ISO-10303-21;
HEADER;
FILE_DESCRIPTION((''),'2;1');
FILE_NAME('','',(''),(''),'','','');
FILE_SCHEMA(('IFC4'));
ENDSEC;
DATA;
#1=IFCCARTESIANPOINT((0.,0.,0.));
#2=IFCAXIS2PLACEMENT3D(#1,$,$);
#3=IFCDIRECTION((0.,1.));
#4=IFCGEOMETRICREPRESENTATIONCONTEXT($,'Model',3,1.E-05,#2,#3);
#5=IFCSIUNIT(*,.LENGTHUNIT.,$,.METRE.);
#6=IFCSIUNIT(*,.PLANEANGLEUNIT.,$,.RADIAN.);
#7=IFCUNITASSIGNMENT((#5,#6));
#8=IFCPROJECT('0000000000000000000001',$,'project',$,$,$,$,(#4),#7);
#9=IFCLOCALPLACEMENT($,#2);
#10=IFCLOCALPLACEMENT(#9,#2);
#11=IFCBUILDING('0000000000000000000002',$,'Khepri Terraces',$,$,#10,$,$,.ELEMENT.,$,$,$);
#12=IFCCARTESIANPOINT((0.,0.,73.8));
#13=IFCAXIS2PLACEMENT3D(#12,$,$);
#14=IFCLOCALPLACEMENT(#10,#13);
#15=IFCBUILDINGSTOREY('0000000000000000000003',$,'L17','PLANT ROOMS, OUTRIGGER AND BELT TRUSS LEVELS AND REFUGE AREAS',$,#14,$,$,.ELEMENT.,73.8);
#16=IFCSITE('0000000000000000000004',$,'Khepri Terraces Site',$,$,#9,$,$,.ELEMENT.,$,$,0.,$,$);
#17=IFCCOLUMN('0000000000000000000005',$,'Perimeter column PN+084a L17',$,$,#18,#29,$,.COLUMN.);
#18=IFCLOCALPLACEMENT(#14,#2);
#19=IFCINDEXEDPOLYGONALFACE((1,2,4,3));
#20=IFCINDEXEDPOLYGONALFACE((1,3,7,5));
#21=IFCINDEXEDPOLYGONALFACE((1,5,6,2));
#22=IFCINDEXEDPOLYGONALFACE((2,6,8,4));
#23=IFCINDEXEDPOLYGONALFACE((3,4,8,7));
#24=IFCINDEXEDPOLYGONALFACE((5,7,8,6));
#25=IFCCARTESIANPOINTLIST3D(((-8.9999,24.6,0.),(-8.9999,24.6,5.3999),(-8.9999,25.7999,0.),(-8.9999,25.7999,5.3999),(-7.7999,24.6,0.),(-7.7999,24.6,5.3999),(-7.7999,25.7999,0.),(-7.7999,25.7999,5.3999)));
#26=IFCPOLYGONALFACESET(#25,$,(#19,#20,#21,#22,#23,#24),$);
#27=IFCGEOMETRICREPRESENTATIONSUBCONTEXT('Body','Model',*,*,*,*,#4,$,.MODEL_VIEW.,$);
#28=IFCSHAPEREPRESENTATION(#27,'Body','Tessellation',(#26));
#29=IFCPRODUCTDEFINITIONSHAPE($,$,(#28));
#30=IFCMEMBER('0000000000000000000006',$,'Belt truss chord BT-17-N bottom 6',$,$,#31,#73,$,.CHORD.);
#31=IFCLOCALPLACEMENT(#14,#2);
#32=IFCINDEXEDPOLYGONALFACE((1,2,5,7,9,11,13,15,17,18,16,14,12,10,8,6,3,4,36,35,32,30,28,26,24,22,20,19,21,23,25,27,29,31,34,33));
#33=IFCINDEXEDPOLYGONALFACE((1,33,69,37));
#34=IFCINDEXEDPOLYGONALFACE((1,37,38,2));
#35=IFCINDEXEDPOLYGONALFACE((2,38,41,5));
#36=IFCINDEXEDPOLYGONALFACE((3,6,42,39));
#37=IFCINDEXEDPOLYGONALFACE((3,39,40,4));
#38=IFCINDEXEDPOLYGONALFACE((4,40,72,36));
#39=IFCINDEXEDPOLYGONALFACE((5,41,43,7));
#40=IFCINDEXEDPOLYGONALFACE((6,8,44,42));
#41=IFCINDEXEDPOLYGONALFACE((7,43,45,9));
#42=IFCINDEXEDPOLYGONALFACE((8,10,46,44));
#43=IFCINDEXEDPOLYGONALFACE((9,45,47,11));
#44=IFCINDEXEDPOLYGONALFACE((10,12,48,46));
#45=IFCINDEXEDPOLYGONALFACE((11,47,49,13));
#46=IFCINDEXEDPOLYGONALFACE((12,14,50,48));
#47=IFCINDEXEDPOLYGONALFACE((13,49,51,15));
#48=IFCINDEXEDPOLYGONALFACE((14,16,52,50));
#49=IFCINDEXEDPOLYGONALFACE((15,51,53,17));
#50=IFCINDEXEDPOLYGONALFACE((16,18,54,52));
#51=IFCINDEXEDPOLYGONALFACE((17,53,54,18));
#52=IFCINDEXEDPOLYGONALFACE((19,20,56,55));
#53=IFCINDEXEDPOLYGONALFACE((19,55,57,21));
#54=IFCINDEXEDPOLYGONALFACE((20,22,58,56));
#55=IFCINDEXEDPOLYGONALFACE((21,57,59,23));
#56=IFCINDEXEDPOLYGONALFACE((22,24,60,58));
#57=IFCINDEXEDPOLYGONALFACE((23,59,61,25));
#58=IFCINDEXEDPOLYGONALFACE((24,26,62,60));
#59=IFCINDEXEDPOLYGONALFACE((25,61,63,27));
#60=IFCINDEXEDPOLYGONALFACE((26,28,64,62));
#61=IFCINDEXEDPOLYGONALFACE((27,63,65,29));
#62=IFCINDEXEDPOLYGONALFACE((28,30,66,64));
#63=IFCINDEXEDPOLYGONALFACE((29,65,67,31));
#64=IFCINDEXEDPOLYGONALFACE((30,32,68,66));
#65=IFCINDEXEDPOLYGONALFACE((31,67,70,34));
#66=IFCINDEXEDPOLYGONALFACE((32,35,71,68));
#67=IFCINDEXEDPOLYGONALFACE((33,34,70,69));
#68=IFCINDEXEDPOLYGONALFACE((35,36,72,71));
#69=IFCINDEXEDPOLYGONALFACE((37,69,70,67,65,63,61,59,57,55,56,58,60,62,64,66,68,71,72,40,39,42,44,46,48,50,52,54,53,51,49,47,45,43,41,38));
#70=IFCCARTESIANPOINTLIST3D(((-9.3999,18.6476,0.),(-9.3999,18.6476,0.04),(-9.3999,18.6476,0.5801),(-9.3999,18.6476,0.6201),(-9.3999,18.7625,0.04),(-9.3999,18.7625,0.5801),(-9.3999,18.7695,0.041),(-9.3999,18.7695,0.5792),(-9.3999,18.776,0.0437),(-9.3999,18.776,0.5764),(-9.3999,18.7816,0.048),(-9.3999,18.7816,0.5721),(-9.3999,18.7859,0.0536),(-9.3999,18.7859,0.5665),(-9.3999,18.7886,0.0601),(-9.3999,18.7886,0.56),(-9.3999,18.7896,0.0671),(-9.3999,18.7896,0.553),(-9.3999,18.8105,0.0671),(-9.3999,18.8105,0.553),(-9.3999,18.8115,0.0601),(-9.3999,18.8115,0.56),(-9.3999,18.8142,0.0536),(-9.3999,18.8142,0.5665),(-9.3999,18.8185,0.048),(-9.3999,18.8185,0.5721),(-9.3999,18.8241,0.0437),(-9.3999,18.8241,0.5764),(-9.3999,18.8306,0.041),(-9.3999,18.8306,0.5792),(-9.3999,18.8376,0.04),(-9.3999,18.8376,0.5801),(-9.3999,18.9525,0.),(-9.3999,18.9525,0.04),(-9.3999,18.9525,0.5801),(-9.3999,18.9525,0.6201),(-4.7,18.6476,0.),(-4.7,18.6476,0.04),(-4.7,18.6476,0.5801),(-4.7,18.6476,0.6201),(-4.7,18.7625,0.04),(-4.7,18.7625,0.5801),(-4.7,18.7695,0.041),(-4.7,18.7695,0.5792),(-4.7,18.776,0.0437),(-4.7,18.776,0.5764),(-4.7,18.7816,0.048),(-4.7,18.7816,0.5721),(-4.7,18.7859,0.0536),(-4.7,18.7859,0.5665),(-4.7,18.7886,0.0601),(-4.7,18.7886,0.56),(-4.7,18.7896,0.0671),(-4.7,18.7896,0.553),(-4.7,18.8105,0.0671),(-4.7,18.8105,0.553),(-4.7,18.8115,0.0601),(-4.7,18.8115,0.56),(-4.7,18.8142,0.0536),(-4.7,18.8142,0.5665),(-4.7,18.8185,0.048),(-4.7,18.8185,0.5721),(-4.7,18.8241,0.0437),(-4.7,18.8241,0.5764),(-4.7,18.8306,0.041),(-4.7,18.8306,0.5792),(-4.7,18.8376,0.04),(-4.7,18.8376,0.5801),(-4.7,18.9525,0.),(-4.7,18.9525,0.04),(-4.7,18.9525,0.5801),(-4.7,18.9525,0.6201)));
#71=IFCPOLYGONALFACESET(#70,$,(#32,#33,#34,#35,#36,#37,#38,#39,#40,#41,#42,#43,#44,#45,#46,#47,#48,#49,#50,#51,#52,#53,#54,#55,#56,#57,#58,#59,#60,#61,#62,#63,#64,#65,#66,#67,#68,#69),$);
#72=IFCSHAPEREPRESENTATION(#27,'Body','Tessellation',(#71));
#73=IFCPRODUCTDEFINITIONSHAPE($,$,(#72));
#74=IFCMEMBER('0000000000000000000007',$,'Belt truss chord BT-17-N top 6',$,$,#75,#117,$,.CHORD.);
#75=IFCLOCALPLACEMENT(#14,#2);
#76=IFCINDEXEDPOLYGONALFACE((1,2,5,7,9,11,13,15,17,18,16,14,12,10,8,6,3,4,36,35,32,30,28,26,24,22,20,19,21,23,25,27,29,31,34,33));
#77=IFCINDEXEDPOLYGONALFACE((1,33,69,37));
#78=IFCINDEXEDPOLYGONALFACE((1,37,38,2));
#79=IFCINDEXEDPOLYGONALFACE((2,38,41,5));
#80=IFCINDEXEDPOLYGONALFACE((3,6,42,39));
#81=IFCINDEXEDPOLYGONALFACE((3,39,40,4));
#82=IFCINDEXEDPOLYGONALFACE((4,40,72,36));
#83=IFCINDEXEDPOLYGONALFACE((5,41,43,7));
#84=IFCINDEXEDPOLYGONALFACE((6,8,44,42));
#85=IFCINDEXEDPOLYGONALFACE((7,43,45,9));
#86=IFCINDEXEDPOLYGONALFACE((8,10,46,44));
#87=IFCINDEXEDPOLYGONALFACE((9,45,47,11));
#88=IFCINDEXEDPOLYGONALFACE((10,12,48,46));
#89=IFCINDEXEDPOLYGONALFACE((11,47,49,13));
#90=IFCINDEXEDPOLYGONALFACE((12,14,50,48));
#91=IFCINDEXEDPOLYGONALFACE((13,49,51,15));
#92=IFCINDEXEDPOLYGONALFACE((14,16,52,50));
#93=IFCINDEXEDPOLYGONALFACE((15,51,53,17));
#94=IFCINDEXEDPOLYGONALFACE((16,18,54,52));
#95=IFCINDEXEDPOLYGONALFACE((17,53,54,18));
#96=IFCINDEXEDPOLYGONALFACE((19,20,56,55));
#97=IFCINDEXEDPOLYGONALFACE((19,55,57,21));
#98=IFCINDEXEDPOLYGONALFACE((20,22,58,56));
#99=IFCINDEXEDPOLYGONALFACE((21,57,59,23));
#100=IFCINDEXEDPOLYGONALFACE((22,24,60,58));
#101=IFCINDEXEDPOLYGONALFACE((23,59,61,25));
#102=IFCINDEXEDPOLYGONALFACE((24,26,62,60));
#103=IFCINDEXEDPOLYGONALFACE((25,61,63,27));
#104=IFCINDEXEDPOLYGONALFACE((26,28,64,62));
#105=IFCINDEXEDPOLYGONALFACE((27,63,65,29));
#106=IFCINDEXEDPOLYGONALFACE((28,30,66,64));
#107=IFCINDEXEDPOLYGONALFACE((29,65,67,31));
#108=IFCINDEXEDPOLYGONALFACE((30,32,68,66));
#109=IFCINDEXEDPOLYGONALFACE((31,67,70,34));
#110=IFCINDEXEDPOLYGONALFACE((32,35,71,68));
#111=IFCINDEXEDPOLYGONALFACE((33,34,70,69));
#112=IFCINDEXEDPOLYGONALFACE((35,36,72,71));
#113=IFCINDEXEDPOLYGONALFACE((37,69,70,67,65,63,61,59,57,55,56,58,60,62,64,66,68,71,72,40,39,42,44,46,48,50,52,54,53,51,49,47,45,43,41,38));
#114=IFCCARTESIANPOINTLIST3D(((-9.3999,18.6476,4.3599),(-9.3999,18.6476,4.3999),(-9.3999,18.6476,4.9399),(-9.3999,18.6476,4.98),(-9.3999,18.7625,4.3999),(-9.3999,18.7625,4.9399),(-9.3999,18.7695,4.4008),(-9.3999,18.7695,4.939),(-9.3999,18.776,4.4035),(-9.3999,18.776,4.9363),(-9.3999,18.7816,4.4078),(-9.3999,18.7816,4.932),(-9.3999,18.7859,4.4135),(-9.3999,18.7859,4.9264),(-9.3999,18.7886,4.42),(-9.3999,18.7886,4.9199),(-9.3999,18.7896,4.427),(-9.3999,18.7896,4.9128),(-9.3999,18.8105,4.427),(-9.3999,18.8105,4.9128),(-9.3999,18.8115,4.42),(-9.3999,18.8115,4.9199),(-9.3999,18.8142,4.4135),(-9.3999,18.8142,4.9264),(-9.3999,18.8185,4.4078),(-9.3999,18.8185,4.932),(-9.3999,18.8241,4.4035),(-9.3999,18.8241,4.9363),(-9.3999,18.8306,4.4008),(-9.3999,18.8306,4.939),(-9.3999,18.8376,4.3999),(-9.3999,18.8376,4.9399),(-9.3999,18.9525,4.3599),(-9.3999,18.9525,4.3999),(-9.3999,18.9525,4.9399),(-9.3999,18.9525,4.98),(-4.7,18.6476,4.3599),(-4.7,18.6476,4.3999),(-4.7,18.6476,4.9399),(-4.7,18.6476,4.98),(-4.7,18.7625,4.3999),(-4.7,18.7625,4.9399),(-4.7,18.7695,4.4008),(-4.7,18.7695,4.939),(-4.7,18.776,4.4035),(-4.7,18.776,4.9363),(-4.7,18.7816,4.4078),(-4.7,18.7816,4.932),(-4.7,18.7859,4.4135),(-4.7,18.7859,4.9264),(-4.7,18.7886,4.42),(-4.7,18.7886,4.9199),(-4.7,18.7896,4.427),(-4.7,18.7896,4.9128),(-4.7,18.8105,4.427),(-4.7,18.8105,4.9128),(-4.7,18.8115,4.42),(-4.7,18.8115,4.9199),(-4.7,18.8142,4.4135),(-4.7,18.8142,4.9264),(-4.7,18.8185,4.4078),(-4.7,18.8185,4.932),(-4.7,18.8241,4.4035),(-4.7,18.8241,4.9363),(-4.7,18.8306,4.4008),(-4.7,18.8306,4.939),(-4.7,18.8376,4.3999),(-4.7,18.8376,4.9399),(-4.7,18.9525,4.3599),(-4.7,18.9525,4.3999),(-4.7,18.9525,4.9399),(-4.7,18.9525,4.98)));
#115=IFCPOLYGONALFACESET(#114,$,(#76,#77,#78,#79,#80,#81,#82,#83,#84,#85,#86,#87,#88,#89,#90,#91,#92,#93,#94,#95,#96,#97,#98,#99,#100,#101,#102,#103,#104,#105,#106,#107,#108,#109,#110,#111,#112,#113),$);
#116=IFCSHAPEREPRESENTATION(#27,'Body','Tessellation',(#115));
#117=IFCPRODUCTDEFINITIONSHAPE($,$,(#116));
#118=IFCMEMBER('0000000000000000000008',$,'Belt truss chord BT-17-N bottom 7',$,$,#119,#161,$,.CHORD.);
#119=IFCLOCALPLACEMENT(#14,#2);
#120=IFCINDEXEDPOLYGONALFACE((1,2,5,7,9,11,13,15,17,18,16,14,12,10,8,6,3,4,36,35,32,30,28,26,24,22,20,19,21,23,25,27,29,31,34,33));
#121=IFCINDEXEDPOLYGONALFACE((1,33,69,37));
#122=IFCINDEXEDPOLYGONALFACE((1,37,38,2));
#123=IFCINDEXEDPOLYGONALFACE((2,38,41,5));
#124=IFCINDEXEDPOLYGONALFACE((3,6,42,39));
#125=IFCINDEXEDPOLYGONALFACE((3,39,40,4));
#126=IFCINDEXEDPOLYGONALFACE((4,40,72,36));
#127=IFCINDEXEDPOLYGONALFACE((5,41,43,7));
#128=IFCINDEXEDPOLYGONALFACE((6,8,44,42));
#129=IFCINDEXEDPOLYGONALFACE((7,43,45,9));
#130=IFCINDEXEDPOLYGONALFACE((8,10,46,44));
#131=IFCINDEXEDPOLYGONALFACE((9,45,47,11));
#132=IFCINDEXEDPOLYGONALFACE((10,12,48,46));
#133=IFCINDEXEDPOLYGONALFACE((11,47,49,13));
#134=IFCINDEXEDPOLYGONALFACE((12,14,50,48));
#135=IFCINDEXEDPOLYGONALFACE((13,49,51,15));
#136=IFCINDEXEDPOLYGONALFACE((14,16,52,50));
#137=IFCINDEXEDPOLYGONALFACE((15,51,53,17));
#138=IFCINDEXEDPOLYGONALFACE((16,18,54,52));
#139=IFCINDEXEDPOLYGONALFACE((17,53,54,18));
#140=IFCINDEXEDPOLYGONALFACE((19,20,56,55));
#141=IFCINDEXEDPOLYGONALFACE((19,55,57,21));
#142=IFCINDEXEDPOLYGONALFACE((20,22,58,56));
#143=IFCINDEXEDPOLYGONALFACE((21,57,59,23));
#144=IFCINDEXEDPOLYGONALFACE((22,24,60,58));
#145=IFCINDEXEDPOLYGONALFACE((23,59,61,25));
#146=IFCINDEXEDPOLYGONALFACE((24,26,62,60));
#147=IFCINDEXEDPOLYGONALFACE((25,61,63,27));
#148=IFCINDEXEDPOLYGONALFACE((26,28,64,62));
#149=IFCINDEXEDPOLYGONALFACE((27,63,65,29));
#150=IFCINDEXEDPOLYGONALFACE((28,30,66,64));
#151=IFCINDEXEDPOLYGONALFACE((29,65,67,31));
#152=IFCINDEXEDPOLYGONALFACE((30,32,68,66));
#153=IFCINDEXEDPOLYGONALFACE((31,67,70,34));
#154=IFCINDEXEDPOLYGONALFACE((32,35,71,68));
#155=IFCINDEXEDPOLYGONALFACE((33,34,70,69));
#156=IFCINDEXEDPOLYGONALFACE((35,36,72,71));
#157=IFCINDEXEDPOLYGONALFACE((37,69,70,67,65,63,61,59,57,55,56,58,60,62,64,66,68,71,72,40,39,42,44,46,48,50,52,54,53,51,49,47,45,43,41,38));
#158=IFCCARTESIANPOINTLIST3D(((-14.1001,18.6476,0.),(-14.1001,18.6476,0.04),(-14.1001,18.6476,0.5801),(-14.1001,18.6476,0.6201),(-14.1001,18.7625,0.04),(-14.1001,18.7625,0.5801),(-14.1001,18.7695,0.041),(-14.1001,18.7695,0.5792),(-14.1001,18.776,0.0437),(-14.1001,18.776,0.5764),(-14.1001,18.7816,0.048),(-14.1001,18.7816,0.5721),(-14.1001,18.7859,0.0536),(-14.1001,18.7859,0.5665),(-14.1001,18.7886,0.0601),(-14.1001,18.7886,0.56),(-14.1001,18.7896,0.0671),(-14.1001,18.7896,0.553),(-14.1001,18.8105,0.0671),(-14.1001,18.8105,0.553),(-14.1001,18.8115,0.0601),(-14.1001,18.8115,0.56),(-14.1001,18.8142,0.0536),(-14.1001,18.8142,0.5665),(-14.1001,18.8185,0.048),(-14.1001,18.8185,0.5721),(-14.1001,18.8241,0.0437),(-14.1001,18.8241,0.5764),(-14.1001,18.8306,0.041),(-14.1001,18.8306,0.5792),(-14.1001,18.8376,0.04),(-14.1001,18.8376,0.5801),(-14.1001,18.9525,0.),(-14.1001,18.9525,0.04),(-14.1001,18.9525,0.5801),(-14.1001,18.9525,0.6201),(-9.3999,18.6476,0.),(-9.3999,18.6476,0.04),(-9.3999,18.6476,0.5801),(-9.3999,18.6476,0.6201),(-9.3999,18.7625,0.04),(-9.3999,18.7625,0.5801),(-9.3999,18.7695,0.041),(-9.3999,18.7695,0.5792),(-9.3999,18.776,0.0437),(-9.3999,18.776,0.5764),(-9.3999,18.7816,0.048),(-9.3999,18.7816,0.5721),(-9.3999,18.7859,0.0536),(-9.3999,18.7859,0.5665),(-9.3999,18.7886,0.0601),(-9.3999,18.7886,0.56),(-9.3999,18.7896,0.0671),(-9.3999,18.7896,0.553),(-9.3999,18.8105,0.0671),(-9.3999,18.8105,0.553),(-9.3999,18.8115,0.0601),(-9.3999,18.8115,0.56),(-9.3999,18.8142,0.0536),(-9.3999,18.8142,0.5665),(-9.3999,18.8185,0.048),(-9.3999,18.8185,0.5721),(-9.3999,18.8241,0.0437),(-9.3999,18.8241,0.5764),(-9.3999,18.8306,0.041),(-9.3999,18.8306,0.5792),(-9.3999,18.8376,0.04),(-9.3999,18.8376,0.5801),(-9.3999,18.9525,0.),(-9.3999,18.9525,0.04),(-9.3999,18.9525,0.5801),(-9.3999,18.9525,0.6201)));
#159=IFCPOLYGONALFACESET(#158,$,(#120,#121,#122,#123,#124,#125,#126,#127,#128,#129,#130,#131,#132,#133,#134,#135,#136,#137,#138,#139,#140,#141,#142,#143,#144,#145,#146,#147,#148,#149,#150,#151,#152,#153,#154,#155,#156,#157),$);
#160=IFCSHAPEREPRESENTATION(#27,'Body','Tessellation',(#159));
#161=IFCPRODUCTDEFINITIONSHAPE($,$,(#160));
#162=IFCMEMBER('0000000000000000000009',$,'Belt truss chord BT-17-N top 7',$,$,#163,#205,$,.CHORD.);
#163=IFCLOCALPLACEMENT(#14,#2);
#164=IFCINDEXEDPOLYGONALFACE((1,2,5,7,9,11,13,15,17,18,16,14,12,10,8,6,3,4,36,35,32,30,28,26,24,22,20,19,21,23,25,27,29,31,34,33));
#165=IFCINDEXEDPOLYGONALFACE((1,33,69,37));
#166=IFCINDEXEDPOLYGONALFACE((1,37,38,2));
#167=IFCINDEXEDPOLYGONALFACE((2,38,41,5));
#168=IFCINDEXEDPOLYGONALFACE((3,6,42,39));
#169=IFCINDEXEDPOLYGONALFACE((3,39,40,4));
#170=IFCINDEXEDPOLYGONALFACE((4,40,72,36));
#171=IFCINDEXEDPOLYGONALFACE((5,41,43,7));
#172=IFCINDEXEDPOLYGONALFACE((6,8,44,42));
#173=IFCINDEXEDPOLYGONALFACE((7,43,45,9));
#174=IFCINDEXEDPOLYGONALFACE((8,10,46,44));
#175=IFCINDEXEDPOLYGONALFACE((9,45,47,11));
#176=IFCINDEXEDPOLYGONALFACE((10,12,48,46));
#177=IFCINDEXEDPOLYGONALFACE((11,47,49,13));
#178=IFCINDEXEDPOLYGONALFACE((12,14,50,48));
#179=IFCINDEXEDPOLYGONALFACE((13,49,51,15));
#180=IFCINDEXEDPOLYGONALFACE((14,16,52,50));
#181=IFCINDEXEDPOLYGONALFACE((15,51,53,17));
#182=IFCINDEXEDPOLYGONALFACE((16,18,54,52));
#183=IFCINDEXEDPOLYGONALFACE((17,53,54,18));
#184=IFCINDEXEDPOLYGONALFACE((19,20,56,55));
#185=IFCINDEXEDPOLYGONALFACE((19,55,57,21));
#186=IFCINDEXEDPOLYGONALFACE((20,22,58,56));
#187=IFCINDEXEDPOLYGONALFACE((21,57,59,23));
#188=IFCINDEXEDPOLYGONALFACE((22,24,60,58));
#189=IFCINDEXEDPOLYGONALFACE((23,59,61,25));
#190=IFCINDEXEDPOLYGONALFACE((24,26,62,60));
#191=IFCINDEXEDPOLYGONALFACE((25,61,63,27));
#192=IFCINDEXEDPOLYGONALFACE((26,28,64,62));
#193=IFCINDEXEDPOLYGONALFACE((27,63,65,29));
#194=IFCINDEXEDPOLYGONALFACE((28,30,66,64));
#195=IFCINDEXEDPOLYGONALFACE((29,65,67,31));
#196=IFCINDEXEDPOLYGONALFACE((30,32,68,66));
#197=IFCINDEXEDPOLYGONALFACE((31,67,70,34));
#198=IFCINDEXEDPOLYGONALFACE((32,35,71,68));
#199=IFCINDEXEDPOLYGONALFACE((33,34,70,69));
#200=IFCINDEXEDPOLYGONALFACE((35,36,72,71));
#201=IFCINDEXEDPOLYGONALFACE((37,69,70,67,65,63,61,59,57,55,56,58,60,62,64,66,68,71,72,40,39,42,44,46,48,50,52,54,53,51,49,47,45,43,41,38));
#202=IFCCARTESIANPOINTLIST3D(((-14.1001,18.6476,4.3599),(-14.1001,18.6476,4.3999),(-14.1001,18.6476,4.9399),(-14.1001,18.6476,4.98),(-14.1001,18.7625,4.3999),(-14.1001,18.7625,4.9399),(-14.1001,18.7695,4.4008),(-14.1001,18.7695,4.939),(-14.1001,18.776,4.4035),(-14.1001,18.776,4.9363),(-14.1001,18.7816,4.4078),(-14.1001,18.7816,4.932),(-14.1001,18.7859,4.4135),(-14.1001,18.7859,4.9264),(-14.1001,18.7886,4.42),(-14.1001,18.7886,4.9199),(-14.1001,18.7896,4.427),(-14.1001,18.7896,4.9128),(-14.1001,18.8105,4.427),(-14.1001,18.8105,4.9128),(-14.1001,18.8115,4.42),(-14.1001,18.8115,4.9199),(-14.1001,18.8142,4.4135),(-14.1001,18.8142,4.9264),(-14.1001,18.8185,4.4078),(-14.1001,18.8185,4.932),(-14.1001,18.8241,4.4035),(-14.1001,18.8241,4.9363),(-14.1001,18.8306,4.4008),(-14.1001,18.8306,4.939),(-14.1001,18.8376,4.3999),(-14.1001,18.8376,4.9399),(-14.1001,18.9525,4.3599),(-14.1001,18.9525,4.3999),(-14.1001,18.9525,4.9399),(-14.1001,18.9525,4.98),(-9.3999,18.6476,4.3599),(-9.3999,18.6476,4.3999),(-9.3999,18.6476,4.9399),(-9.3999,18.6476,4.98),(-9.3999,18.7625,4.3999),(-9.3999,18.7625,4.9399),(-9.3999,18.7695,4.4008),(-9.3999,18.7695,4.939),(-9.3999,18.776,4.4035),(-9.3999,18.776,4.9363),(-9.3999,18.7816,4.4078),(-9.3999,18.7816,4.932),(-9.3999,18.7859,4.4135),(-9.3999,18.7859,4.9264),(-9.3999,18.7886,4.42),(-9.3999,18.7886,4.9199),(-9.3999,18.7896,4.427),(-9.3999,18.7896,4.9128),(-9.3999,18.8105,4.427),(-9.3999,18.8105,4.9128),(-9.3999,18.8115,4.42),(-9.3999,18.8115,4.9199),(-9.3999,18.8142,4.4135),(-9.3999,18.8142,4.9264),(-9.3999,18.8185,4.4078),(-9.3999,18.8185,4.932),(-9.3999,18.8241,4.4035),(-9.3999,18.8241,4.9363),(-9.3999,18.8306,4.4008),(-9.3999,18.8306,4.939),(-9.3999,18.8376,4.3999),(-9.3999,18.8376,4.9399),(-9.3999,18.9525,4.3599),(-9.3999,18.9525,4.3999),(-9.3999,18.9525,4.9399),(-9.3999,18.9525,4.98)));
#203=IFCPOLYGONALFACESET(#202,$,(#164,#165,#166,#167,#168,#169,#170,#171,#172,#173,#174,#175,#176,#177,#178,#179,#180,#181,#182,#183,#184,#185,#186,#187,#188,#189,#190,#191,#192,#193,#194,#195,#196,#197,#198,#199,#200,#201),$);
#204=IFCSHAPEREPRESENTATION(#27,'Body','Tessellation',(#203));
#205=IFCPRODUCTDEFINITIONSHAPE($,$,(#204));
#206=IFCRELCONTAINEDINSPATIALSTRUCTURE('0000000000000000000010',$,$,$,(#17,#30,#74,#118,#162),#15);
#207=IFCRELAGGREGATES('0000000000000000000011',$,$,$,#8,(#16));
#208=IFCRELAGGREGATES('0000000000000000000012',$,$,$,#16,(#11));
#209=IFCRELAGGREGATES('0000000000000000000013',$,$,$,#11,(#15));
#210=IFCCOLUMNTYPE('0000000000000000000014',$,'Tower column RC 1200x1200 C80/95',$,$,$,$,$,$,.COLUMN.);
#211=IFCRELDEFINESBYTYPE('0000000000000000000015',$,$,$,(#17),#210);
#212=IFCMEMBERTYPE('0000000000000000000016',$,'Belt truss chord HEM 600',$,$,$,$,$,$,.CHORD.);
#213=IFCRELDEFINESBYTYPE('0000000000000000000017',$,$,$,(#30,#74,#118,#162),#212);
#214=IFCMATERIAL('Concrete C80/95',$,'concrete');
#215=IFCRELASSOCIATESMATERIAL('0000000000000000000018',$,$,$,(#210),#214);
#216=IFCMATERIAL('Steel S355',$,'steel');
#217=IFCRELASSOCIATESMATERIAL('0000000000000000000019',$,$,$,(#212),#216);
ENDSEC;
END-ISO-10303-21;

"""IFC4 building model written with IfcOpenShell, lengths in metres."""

from ifc_helpers import new_model, si_unit, direction, frame, origin, origin_2d, place, context, subcontext, project, spatial, rectangle, i_section, extrude, material, material_profile, profile_set, type_object, element, save


model = new_model("IFC4")

# Units and contexts
model_context = context("Model", 3, precision=1e-05, world=origin(), true_north=direction((0.0, 1.0)))
body_context = subcontext(model_context, "Body", "Model", "MODEL_VIEW")
ifc_project = project(units=[si_unit("LENGTHUNIT", "METRE"), si_unit("PLANEANGLEUNIT", "RADIAN")], contexts=[model_context])

# Site, building, storey
site_placement = place(None, origin())
site = spatial("IfcSite", under=ifc_project, at=site_placement, Name="Khepri Terraces Site", CompositionType="ELEMENT", RefElevation=0.0)
building_placement = place(site_placement, origin())
building = spatial("IfcBuilding", under=site, at=building_placement, Name="Khepri Terraces", CompositionType="ELEMENT")
storey_placement = place(building_placement, frame((0.0, 0.0, 73.8)))
storey = spatial("IfcBuildingStorey", under=building, at=storey_placement, Name="L17", Description="PLANT ROOMS, OUTRIGGER AND BELT TRUSS LEVELS AND REFUGE AREAS", CompositionType="ELEMENT", Elevation=73.8)

# Column
ifc_material_1 = material(Name="Concrete C80/95", Category="concrete")
ifc_material_profile_1 = material_profile(ifc_material_1, rectangle(XDim=1.2, YDim=1.2, at=origin_2d()), Name="Concrete C80/95", Category="concrete")
ifc_profile_set_1 = profile_set([ifc_material_profile_1], Name="Concrete C80/95")
column_type = type_object("IfcColumnType", Name="Tower column RC 1200x1200 C80/95", PredefinedType="COLUMN", material=ifc_profile_set_1)
column_placement = place(storey_placement, frame((-8.3999, 25.2, 0.0), z_axis=(0.0, 0.0, 1.0), x_axis=(1.0, 0.0, 0.0)))
element("IfcColumn", 1, at=column_placement, inside=storey, type_object=column_type, Name="Perimeter column PN+084a L17", PredefinedType="COLUMN", context=body_context, shape_type="SweptSolid", body=[
    extrude(rectangle(XDim=1.2, YDim=1.2, at=origin_2d()), origin(), (0.0, 0.0, 1.0), 5.3999),
])

# Members
ifc_material_2 = material(Name="Steel S355", Category="steel")
ifc_material_profile_2 = material_profile(ifc_material_2, i_section(OverallWidth=0.3049, OverallDepth=0.6201, WebThickness=0.021, FlangeThickness=0.04, FilletRadius=0.0271, at=origin_2d()), Name="Steel S355", Category="steel")
ifc_profile_set_2 = profile_set([ifc_material_profile_2], Name="Steel S355")
member_type_1 = type_object("IfcMemberType", Name="Belt truss chord HEM 600", PredefinedType="CHORD", material=ifc_profile_set_2)
for number, where, z_axis, x_axis, name in (
    (2, (-4.7, 18.8, 0.3101), (-1.0, 0.0, 0.0), (0.0, -1.0, 0.0), "Belt truss chord BT-17-N bottom 6"),
    (3, (-4.7, 18.8, 4.6699), (-1.0, 0.0, 0.0), (0.0, -1.0, 0.0), "Belt truss chord BT-17-N top 6"),
):
    element("IfcMember", number, at=place(storey_placement, frame(where, z_axis=z_axis, x_axis=x_axis)), inside=storey, type_object=member_type_1, Name=name, PredefinedType="CHORD", context=body_context, shape_type="SweptSolid", body=[
        extrude(i_section(OverallWidth=0.3049, OverallDepth=0.6201, WebThickness=0.021, FlangeThickness=0.04, FilletRadius=0.0271, at=origin_2d()), origin(), (0.0, 0.0, 1.0), 4.7),
    ])
for number, where, z_axis, x_axis, name in (
    (4, (-9.3999, 18.8, 0.3101), (-1.0, 0.0, 0.0), (0.0, -1.0, 0.0), "Belt truss chord BT-17-N bottom 7"),
    (5, (-9.3999, 18.8, 4.6699), (-1.0, 0.0, 0.0), (0.0, -1.0, 0.0), "Belt truss chord BT-17-N top 7"),
):
    element("IfcMember", number, at=place(storey_placement, frame(where, z_axis=z_axis, x_axis=x_axis)), inside=storey, type_object=member_type_1, Name=name, PredefinedType="CHORD", context=body_context, shape_type="SweptSolid", body=[
        extrude(i_section(OverallWidth=0.3049, OverallDepth=0.6201, WebThickness=0.021, FlangeThickness=0.04, FilletRadius=0.0271, at=origin_2d()), origin(), (0.0, 0.0, 1.0), 4.7002),
    ])

save(model, "model.ifc")
